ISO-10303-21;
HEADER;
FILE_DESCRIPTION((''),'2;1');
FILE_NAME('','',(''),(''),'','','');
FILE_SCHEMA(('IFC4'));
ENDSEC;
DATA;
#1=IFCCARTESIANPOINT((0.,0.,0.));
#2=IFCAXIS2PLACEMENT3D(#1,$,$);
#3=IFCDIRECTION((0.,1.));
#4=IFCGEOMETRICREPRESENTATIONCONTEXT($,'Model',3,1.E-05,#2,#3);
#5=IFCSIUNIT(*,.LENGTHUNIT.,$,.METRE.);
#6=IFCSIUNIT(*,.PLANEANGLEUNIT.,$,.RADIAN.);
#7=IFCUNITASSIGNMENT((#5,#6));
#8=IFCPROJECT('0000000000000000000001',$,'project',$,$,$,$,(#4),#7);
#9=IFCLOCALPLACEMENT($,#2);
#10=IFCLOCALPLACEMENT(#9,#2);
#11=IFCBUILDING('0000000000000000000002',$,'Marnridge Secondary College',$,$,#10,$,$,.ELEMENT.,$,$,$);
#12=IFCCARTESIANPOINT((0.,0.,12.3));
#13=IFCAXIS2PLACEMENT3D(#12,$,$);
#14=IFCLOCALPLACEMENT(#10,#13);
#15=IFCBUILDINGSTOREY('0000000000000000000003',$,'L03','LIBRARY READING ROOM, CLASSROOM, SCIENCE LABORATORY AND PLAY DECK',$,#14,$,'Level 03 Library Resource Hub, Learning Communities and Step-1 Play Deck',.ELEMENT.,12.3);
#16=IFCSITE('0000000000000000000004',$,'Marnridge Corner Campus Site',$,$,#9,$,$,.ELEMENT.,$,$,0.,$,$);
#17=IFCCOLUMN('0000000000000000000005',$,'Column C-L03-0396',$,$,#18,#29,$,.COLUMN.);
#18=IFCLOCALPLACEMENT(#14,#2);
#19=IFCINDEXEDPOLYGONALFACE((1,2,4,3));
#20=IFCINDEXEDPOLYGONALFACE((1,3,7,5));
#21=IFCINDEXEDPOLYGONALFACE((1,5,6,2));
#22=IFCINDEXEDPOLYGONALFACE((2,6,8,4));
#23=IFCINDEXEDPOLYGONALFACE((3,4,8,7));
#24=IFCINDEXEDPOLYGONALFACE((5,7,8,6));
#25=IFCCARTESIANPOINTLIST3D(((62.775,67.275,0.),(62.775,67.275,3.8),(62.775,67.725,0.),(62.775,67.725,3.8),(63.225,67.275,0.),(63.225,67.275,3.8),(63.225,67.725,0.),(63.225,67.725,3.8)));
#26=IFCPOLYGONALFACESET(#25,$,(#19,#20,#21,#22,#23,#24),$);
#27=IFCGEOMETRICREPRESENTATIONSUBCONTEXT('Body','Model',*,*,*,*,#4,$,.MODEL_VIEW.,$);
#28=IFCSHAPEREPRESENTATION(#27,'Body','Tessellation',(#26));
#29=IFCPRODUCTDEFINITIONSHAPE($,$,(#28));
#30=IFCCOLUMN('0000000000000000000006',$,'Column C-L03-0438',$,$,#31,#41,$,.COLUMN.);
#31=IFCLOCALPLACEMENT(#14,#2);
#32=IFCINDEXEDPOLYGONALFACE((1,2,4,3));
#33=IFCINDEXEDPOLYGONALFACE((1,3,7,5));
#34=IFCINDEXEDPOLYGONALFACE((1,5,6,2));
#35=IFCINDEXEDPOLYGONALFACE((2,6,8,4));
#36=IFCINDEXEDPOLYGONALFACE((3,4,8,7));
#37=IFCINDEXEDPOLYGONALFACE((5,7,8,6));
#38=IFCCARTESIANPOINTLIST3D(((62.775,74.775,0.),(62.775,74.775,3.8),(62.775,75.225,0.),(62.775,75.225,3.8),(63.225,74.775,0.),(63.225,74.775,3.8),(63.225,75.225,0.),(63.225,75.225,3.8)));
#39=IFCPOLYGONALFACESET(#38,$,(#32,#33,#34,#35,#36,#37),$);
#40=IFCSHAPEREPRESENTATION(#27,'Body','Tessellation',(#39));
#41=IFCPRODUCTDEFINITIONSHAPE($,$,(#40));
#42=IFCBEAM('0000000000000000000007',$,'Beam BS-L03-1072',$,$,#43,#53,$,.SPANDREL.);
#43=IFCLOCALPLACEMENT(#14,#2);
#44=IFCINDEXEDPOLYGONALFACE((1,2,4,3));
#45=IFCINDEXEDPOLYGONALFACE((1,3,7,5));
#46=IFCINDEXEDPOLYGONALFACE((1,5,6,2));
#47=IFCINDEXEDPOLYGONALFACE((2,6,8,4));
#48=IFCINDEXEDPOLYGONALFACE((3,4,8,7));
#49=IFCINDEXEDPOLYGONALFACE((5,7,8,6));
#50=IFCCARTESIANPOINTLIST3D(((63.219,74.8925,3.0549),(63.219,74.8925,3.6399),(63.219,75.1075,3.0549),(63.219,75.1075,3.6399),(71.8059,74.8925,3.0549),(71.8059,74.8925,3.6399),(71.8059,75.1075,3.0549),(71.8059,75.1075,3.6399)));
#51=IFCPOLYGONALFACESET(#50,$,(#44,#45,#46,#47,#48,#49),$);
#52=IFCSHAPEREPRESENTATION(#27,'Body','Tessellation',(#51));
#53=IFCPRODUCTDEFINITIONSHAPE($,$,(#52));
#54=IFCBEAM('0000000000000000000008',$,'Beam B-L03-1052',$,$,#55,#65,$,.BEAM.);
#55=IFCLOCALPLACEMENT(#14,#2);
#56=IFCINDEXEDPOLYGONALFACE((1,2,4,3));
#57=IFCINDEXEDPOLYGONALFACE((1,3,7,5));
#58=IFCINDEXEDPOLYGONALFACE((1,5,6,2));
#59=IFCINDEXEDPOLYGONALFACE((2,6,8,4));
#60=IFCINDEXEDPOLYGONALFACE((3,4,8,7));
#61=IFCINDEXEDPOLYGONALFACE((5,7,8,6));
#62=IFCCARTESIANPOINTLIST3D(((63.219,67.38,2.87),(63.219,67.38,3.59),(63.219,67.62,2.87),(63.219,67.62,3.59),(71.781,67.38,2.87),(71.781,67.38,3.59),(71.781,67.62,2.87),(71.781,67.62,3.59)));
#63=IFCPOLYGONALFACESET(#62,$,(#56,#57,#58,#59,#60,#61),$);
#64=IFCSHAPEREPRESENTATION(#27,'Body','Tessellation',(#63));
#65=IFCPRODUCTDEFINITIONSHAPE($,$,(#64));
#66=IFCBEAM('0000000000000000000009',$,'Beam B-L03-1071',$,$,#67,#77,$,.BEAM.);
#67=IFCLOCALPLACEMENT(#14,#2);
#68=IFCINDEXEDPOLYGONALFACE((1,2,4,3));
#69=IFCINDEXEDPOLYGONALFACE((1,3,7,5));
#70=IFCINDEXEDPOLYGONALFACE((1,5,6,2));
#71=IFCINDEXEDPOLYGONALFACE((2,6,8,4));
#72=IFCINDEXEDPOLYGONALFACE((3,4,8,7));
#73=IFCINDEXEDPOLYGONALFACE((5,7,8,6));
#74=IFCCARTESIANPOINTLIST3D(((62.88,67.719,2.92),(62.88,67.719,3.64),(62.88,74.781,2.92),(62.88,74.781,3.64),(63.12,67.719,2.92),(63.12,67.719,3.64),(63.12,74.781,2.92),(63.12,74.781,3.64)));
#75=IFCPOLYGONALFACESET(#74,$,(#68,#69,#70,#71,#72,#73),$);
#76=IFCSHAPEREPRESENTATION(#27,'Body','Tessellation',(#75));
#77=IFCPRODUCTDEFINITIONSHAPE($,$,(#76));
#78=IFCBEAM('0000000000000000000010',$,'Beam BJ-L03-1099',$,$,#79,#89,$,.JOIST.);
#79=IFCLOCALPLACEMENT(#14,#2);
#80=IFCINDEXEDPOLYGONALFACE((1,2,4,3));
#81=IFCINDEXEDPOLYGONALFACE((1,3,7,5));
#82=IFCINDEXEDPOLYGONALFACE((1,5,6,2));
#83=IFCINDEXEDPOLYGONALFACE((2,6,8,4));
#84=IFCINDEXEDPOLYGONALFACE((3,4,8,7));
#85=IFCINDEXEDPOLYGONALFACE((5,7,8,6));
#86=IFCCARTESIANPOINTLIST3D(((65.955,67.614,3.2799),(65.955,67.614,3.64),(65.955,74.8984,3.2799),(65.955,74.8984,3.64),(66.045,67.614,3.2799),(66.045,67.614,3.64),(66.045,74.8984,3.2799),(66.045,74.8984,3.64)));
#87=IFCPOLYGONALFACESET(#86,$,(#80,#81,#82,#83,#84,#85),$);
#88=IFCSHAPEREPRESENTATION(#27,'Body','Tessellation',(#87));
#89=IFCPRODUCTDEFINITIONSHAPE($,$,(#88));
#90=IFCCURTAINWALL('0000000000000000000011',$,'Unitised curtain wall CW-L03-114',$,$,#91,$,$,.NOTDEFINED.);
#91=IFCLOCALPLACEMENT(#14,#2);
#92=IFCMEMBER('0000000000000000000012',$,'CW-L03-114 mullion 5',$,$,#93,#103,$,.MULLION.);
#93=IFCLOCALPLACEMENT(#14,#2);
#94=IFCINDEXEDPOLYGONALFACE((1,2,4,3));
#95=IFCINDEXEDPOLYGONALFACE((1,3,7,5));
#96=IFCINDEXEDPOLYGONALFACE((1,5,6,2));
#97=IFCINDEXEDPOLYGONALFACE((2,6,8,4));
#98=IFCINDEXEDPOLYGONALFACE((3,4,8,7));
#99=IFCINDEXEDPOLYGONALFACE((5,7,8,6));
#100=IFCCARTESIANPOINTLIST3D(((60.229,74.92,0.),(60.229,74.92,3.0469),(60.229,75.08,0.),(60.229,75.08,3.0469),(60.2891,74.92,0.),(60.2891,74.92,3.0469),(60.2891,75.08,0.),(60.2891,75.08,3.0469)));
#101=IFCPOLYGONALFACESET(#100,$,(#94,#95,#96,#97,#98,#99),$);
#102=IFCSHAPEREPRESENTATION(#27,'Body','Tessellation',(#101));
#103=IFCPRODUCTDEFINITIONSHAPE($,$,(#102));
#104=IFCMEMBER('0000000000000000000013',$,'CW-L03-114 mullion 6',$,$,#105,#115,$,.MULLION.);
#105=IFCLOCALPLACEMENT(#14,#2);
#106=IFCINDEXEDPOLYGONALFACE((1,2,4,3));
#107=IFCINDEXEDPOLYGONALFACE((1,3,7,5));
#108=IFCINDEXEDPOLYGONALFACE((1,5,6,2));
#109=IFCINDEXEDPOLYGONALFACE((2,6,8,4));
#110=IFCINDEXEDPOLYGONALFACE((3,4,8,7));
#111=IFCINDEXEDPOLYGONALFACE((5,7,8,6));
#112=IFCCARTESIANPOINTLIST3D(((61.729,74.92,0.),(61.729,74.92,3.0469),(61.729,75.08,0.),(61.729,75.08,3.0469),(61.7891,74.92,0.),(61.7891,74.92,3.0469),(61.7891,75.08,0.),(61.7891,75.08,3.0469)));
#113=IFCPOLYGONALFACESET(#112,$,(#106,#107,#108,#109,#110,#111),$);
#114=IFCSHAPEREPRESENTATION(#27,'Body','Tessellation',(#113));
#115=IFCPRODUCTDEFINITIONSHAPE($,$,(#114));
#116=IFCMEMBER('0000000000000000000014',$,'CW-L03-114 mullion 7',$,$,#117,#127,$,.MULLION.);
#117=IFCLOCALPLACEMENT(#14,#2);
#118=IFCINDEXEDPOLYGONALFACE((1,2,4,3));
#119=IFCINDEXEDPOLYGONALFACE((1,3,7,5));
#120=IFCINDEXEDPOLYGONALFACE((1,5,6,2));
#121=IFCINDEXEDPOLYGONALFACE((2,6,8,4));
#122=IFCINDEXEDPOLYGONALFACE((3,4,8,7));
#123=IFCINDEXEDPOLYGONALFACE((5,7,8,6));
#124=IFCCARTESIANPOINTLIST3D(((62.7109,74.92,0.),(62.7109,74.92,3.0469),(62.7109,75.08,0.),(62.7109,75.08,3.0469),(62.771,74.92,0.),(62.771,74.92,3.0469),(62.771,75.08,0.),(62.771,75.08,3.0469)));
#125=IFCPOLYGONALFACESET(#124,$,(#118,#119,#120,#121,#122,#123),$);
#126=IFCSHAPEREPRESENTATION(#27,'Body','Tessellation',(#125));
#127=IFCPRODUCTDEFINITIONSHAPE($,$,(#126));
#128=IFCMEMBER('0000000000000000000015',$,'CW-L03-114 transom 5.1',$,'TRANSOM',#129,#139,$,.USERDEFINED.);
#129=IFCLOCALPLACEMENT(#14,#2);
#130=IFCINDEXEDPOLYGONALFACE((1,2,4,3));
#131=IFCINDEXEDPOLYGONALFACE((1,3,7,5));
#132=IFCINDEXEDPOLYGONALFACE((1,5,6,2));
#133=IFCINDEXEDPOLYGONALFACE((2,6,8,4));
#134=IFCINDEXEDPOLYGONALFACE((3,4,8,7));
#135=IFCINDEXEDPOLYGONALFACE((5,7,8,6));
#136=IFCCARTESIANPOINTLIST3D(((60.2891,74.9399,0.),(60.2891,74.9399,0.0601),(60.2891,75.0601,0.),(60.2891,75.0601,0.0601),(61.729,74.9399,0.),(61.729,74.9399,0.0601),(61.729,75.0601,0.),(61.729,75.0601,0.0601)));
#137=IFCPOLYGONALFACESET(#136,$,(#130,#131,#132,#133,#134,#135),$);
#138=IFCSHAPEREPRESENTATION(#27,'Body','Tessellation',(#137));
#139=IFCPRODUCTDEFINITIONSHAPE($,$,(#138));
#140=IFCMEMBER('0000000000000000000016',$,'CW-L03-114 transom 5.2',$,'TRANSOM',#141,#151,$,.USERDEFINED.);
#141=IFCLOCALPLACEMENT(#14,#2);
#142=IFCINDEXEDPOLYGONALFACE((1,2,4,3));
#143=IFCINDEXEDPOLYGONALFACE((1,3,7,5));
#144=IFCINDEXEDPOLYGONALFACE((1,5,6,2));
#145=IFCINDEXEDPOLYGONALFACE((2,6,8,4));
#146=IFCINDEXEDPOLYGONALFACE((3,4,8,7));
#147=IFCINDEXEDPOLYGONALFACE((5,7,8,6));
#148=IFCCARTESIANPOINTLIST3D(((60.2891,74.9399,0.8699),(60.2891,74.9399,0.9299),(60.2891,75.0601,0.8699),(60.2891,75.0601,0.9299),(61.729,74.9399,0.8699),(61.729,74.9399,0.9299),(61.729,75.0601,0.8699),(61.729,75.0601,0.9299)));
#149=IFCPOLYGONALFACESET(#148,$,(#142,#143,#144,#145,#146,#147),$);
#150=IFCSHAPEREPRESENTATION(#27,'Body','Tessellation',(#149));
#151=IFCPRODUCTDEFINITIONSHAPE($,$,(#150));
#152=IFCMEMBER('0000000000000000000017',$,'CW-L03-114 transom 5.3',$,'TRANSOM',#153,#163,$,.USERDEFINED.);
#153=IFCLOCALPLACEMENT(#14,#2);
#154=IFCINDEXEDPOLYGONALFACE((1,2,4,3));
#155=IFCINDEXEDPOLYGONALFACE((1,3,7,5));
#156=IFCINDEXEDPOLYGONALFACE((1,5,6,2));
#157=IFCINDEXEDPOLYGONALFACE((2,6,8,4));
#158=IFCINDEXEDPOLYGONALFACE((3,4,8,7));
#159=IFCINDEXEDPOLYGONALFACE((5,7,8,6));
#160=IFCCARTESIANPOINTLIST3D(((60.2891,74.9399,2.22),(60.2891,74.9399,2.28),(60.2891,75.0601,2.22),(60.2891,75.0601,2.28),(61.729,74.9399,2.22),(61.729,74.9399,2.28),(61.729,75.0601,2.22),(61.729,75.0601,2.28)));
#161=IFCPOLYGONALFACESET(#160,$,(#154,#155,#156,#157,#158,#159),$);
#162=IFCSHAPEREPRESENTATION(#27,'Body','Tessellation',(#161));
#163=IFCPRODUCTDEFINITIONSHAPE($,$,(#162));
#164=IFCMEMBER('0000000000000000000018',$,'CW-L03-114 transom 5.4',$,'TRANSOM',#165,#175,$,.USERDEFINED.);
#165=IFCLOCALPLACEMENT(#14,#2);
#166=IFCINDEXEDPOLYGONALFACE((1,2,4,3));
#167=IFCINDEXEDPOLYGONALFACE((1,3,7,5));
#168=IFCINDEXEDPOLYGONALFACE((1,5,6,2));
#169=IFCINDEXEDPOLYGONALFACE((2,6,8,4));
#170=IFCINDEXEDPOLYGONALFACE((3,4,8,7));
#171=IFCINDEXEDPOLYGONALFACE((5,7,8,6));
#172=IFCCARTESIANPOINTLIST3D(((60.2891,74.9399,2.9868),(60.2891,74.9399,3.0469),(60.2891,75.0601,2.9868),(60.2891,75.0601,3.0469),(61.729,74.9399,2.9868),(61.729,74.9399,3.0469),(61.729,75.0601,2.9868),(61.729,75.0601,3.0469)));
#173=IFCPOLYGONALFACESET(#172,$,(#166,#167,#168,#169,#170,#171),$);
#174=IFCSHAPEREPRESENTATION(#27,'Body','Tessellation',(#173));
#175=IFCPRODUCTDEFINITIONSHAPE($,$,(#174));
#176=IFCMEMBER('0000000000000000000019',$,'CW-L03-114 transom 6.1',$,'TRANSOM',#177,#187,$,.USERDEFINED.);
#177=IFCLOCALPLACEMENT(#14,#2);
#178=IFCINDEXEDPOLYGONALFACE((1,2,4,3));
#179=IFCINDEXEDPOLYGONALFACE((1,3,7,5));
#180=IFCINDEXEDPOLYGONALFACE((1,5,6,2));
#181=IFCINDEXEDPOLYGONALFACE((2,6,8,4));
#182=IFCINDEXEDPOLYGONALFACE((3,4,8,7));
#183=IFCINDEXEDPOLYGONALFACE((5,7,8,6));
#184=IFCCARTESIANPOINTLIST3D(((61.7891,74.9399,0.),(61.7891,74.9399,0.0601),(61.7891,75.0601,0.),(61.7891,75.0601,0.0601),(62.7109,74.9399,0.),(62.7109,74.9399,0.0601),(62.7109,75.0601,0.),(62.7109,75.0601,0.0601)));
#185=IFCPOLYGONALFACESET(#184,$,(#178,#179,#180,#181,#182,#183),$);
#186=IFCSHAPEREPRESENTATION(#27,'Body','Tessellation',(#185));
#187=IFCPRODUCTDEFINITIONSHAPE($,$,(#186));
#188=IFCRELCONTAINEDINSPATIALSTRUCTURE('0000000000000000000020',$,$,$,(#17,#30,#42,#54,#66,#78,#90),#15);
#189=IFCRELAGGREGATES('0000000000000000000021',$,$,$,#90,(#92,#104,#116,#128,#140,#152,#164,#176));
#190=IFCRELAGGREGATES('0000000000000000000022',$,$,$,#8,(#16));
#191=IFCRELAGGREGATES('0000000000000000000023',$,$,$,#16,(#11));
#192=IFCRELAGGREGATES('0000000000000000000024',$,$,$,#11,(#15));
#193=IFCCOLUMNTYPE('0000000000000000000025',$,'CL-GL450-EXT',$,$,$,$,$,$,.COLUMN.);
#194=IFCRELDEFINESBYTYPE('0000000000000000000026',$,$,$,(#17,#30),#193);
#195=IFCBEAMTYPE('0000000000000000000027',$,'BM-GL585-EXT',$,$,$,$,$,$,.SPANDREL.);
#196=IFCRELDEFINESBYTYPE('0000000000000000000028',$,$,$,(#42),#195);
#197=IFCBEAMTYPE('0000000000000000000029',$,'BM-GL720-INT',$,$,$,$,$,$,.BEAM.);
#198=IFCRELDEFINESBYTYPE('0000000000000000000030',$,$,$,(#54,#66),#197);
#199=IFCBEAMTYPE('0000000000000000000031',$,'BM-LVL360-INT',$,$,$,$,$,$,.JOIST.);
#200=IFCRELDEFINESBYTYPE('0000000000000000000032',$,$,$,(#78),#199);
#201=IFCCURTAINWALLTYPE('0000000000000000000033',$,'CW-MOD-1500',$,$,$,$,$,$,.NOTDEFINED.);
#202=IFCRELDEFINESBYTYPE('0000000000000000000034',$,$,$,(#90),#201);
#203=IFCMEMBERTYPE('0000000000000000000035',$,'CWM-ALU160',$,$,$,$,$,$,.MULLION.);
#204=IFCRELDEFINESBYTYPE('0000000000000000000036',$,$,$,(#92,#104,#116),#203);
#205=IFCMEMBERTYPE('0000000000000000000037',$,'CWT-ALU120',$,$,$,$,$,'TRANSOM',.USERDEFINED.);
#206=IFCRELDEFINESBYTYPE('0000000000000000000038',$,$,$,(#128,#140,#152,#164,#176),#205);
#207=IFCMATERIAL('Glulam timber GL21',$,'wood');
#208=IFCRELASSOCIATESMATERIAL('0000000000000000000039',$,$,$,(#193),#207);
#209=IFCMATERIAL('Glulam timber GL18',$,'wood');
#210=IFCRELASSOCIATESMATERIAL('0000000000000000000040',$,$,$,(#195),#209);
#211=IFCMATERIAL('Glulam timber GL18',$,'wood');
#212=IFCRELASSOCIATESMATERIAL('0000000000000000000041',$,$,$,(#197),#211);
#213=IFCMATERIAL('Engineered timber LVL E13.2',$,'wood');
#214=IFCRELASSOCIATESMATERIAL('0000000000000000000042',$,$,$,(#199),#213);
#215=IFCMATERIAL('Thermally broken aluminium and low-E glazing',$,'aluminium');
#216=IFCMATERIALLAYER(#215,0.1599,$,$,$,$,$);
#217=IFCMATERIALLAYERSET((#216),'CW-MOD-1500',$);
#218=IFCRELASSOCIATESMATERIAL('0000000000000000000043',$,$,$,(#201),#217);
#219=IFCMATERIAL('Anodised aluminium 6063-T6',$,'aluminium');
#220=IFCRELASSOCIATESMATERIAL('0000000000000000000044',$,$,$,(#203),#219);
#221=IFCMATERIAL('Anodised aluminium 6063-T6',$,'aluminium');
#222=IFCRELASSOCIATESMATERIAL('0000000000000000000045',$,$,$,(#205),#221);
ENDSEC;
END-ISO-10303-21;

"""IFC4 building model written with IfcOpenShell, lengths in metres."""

from ifc_helpers import new_model, si_unit, direction, frame, origin, origin_2d, place, context, subcontext, project, spatial, rectangle, extrude, material, layer, layer_set, material_profile, profile_set, type_object, element, aggregate, save


model = new_model("IFC4")

# Units and contexts
model_context = context("Model", 3, precision=1e-05, world=origin(), true_north=direction((0.0, 1.0)))
body_context = subcontext(model_context, "Body", "Model", "MODEL_VIEW")
ifc_project = project(units=[si_unit("LENGTHUNIT", "METRE"), si_unit("PLANEANGLEUNIT", "RADIAN")], contexts=[model_context])

# Site, building, storey
site_placement = place(None, origin())
site = spatial("IfcSite", under=ifc_project, at=site_placement, Name="Marnridge Corner Campus Site", CompositionType="ELEMENT", RefElevation=0.0)
building_placement = place(site_placement, origin())
building = spatial("IfcBuilding", under=site, at=building_placement, Name="Marnridge Secondary College", CompositionType="ELEMENT")
storey_placement = place(building_placement, frame((0.0, 0.0, 12.3)))
storey = spatial("IfcBuildingStorey", under=building, at=storey_placement, Name="L03", Description="LIBRARY READING ROOM, CLASSROOM, SCIENCE LABORATORY AND PLAY DECK", LongName="Level 03 Library Resource Hub, Learning Communities and Step-1 Play Deck", CompositionType="ELEMENT", Elevation=12.3)

# Columns
ifc_material_1 = material(Name="Glulam timber GL21", Category="wood")
ifc_material_profile_1 = material_profile(ifc_material_1, rectangle(XDim=0.45, YDim=0.45, at=origin_2d()), Name="GL21 450x450")
ifc_profile_set_1 = profile_set([ifc_material_profile_1], Name="Glulam timber GL21")
column_type = type_object("IfcColumnType", Name="CL-GL450-EXT", PredefinedType="COLUMN", material=ifc_profile_set_1)
for number, where, z_axis, x_axis, name in (
    (1, (63.0, 67.5, 0.0), (0.0, 0.0, 1.0), (1.0, 0.0, 0.0), "Column C-L03-0396"),
    (2, (63.0, 75.0, 0.0), (0.0, 0.0, 1.0), (1.0, 0.0, 0.0), "Column C-L03-0438"),
):
    element("IfcColumn", number, at=place(storey_placement, frame(where, z_axis=z_axis, x_axis=x_axis)), inside=storey, type_object=column_type, Name=name, PredefinedType="COLUMN", context=body_context, shape_type="SweptSolid", body=[
        extrude(rectangle(XDim=0.45, YDim=0.45, at=origin_2d()), origin(), (0.0, 0.0, 1.0), 3.8),
    ])

# Beams
ifc_material_2 = material(Name="Glulam timber GL18", Category="wood")
ifc_material_profile_2 = material_profile(ifc_material_2, rectangle(XDim=0.2151, YDim=0.585, at=origin_2d()), Name="GL18 215x585")
ifc_profile_set_2 = profile_set([ifc_material_profile_2], Name="Glulam timber GL18")
beam_type_1 = type_object("IfcBeamType", Name="BM-GL585-EXT", PredefinedType="SPANDREL", material=ifc_profile_set_2)
beam_1_placement = place(storey_placement, frame((63.219, 75.0, 3.3474), z_axis=(1.0, 0.0, 0.0), x_axis=(0.0, 1.0, 0.0)))
element("IfcBeam", 3, at=beam_1_placement, inside=storey, type_object=beam_type_1, Name="Beam BS-L03-1072", PredefinedType="SPANDREL", context=body_context, shape_type="SweptSolid", body=[
    extrude(rectangle(XDim=0.2151, YDim=0.585, at=origin_2d()), origin(), (0.0, 0.0, 1.0), 8.5869),
])
ifc_material_3 = material(Name="Glulam timber GL18", Category="wood")
ifc_material_profile_3 = material_profile(ifc_material_3, rectangle(XDim=0.24, YDim=0.72, at=origin_2d()), Name="GL18 240x720")
ifc_profile_set_3 = profile_set([ifc_material_profile_3], Name="Glulam timber GL18")
beam_type_2 = type_object("IfcBeamType", Name="BM-GL720-INT", PredefinedType="BEAM", material=ifc_profile_set_3)
beam_2_placement = place(storey_placement, frame((63.219, 67.5, 3.23), z_axis=(1.0, 0.0, 0.0), x_axis=(0.0, 1.0, 0.0)))
element("IfcBeam", 4, at=beam_2_placement, inside=storey, type_object=beam_type_2, Name="Beam B-L03-1052", PredefinedType="BEAM", context=body_context, shape_type="SweptSolid", body=[
    extrude(rectangle(XDim=0.24, YDim=0.72, at=origin_2d()), origin(), (0.0, 0.0, 1.0), 8.562),
])
beam_3_placement = place(storey_placement, frame((63.0, 67.719, 3.28), z_axis=(0.0, 1.0, 0.0), x_axis=(-1.0, 0.0, 0.0)))
element("IfcBeam", 5, at=beam_3_placement, inside=storey, type_object=beam_type_2, Name="Beam B-L03-1071", PredefinedType="BEAM", context=body_context, shape_type="SweptSolid", body=[
    extrude(rectangle(XDim=0.24, YDim=0.72, at=origin_2d()), origin(), (0.0, 0.0, 1.0), 7.062),
])
ifc_material_4 = material(Name="Engineered timber LVL E13.2", Category="wood")
ifc_material_profile_4 = material_profile(ifc_material_4, rectangle(XDim=0.0901, YDim=0.3601, at=origin_2d()), Name="LVL 90x360")
ifc_profile_set_4 = profile_set([ifc_material_profile_4], Name="Engineered timber LVL E13.2")
beam_type_3 = type_object("IfcBeamType", Name="BM-LVL360-INT", PredefinedType="JOIST", material=ifc_profile_set_4)
beam_4_placement = place(storey_placement, frame((66.0, 67.614, 3.46), z_axis=(0.0, 1.0, 0.0), x_axis=(-1.0, 0.0, 0.0)))
element("IfcBeam", 6, at=beam_4_placement, inside=storey, type_object=beam_type_3, Name="Beam BJ-L03-1099", PredefinedType="JOIST", context=body_context, shape_type="SweptSolid", body=[
    extrude(rectangle(XDim=0.0901, YDim=0.3601, at=origin_2d()), origin(), (0.0, 0.0, 1.0), 7.2844),
])

# Curtain wall, members
ifc_material_5 = material(Name="Thermally broken aluminium and low-E glazing", Category="aluminium")
ifc_layer_1 = layer(ifc_material_5, 0.1599)
ifc_layer_set_1 = layer_set([ifc_layer_1], Name="CW-MOD-1500")
curtain_wall_type = type_object("IfcCurtainWallType", Name="CW-MOD-1500", PredefinedType="NOTDEFINED", material=ifc_layer_set_1)
curtain_wall_placement = place(storey_placement, origin())
curtain_wall = element("IfcCurtainWall", 7, at=curtain_wall_placement, inside=storey, type_object=curtain_wall_type, Name="Unitised curtain wall CW-L03-114", PredefinedType="NOTDEFINED")
ifc_material_6 = material(Name="Anodised aluminium 6063-T6", Category="aluminium")
ifc_material_profile_5 = material_profile(ifc_material_6, rectangle(XDim=0.0601, YDim=0.1599, at=origin_2d()), Name="ALU 60x160")
ifc_profile_set_5 = profile_set([ifc_material_profile_5], Name="Anodised aluminium 6063-T6")
member_type_1 = type_object("IfcMemberType", Name="CWM-ALU160", PredefinedType="MULLION", material=ifc_profile_set_5)
member_1_placement = place(storey_placement, frame((60.259, 75.0, 0.0), z_axis=(0.0, 0.0, 1.0), x_axis=(1.0, 0.0, 0.0)))
member_1 = element("IfcMember", 8, at=member_1_placement, type_object=member_type_1, Name="CW-L03-114 mullion 5", PredefinedType="MULLION", context=body_context, shape_type="SweptSolid", body=[
    extrude(rectangle(XDim=0.0601, YDim=0.1599, at=origin_2d()), origin(), (0.0, 0.0, 1.0), 3.0469),
])
member_2_placement = place(storey_placement, frame((61.759, 75.0, 0.0), z_axis=(0.0, 0.0, 1.0), x_axis=(1.0, 0.0, 0.0)))
member_2 = element("IfcMember", 9, at=member_2_placement, type_object=member_type_1, Name="CW-L03-114 mullion 6", PredefinedType="MULLION", context=body_context, shape_type="SweptSolid", body=[
    extrude(rectangle(XDim=0.0601, YDim=0.1599, at=origin_2d()), origin(), (0.0, 0.0, 1.0), 3.0469),
])
member_3_placement = place(storey_placement, frame((62.741, 75.0, 0.0), z_axis=(0.0, 0.0, 1.0), x_axis=(1.0, 0.0, 0.0)))
member_3 = element("IfcMember", 10, at=member_3_placement, type_object=member_type_1, Name="CW-L03-114 mullion 7", PredefinedType="MULLION", context=body_context, shape_type="SweptSolid", body=[
    extrude(rectangle(XDim=0.0601, YDim=0.1599, at=origin_2d()), origin(), (0.0, 0.0, 1.0), 3.0469),
])
ifc_material_7 = material(Name="Anodised aluminium 6063-T6", Category="aluminium")
ifc_material_profile_6 = material_profile(ifc_material_7, rectangle(XDim=0.0601, YDim=0.1201, at=origin_2d()), Name="ALU 60x120")
ifc_profile_set_6 = profile_set([ifc_material_profile_6], Name="Anodised aluminium 6063-T6")
member_type_2 = type_object("IfcMemberType", Name="CWT-ALU120", ElementType="TRANSOM", PredefinedType="USERDEFINED", material=ifc_profile_set_6)
member_4_placement = place(storey_placement, frame((60.2891, 75.0, 0.03), z_axis=(1.0, 0.0, 0.0), x_axis=(0.0, 0.0, 1.0)))
member_4 = element("IfcMember", 11, at=member_4_placement, type_object=member_type_2, Name="CW-L03-114 transom 5.1", ObjectType="TRANSOM", PredefinedType="USERDEFINED", context=body_context, shape_type="SweptSolid", body=[
    extrude(rectangle(XDim=0.0601, YDim=0.1201, at=origin_2d()), origin(), (0.0, 0.0, 1.0), 1.4399),
])
member_5_placement = place(storey_placement, frame((60.2891, 75.0, 0.8999), z_axis=(1.0, 0.0, 0.0), x_axis=(0.0, 0.0, 1.0)))
member_5 = element("IfcMember", 12, at=member_5_placement, type_object=member_type_2, Name="CW-L03-114 transom 5.2", ObjectType="TRANSOM", PredefinedType="USERDEFINED", context=body_context, shape_type="SweptSolid", body=[
    extrude(rectangle(XDim=0.0601, YDim=0.1201, at=origin_2d()), origin(), (0.0, 0.0, 1.0), 1.4399),
])
member_6_placement = place(storey_placement, frame((60.2891, 75.0, 2.25), z_axis=(1.0, 0.0, 0.0), x_axis=(0.0, 0.0, 1.0)))
member_6 = element("IfcMember", 13, at=member_6_placement, type_object=member_type_2, Name="CW-L03-114 transom 5.3", ObjectType="TRANSOM", PredefinedType="USERDEFINED", context=body_context, shape_type="SweptSolid", body=[
    extrude(rectangle(XDim=0.0601, YDim=0.1201, at=origin_2d()), origin(), (0.0, 0.0, 1.0), 1.4399),
])
member_7_placement = place(storey_placement, frame((60.2891, 75.0, 3.0168), z_axis=(1.0, 0.0, 0.0), x_axis=(0.0, 0.0, 1.0)))
member_7 = element("IfcMember", 14, at=member_7_placement, type_object=member_type_2, Name="CW-L03-114 transom 5.4", ObjectType="TRANSOM", PredefinedType="USERDEFINED", context=body_context, shape_type="SweptSolid", body=[
    extrude(rectangle(XDim=0.0601, YDim=0.1201, at=origin_2d()), origin(), (0.0, 0.0, 1.0), 1.4399),
])
member_8_placement = place(storey_placement, frame((61.7891, 75.0, 0.03), z_axis=(1.0, 0.0, 0.0), x_axis=(0.0, 0.0, 1.0)))
member_8 = element("IfcMember", 15, at=member_8_placement, type_object=member_type_2, Name="CW-L03-114 transom 6.1", ObjectType="TRANSOM", PredefinedType="USERDEFINED", context=body_context, shape_type="SweptSolid", body=[
    extrude(rectangle(XDim=0.0601, YDim=0.1201, at=origin_2d()), origin(), (0.0, 0.0, 1.0), 0.9219),
])
aggregate(curtain_wall, [member_1, member_2, member_3, member_4, member_5, member_6, member_7, member_8])

save(model, "model.ifc")
